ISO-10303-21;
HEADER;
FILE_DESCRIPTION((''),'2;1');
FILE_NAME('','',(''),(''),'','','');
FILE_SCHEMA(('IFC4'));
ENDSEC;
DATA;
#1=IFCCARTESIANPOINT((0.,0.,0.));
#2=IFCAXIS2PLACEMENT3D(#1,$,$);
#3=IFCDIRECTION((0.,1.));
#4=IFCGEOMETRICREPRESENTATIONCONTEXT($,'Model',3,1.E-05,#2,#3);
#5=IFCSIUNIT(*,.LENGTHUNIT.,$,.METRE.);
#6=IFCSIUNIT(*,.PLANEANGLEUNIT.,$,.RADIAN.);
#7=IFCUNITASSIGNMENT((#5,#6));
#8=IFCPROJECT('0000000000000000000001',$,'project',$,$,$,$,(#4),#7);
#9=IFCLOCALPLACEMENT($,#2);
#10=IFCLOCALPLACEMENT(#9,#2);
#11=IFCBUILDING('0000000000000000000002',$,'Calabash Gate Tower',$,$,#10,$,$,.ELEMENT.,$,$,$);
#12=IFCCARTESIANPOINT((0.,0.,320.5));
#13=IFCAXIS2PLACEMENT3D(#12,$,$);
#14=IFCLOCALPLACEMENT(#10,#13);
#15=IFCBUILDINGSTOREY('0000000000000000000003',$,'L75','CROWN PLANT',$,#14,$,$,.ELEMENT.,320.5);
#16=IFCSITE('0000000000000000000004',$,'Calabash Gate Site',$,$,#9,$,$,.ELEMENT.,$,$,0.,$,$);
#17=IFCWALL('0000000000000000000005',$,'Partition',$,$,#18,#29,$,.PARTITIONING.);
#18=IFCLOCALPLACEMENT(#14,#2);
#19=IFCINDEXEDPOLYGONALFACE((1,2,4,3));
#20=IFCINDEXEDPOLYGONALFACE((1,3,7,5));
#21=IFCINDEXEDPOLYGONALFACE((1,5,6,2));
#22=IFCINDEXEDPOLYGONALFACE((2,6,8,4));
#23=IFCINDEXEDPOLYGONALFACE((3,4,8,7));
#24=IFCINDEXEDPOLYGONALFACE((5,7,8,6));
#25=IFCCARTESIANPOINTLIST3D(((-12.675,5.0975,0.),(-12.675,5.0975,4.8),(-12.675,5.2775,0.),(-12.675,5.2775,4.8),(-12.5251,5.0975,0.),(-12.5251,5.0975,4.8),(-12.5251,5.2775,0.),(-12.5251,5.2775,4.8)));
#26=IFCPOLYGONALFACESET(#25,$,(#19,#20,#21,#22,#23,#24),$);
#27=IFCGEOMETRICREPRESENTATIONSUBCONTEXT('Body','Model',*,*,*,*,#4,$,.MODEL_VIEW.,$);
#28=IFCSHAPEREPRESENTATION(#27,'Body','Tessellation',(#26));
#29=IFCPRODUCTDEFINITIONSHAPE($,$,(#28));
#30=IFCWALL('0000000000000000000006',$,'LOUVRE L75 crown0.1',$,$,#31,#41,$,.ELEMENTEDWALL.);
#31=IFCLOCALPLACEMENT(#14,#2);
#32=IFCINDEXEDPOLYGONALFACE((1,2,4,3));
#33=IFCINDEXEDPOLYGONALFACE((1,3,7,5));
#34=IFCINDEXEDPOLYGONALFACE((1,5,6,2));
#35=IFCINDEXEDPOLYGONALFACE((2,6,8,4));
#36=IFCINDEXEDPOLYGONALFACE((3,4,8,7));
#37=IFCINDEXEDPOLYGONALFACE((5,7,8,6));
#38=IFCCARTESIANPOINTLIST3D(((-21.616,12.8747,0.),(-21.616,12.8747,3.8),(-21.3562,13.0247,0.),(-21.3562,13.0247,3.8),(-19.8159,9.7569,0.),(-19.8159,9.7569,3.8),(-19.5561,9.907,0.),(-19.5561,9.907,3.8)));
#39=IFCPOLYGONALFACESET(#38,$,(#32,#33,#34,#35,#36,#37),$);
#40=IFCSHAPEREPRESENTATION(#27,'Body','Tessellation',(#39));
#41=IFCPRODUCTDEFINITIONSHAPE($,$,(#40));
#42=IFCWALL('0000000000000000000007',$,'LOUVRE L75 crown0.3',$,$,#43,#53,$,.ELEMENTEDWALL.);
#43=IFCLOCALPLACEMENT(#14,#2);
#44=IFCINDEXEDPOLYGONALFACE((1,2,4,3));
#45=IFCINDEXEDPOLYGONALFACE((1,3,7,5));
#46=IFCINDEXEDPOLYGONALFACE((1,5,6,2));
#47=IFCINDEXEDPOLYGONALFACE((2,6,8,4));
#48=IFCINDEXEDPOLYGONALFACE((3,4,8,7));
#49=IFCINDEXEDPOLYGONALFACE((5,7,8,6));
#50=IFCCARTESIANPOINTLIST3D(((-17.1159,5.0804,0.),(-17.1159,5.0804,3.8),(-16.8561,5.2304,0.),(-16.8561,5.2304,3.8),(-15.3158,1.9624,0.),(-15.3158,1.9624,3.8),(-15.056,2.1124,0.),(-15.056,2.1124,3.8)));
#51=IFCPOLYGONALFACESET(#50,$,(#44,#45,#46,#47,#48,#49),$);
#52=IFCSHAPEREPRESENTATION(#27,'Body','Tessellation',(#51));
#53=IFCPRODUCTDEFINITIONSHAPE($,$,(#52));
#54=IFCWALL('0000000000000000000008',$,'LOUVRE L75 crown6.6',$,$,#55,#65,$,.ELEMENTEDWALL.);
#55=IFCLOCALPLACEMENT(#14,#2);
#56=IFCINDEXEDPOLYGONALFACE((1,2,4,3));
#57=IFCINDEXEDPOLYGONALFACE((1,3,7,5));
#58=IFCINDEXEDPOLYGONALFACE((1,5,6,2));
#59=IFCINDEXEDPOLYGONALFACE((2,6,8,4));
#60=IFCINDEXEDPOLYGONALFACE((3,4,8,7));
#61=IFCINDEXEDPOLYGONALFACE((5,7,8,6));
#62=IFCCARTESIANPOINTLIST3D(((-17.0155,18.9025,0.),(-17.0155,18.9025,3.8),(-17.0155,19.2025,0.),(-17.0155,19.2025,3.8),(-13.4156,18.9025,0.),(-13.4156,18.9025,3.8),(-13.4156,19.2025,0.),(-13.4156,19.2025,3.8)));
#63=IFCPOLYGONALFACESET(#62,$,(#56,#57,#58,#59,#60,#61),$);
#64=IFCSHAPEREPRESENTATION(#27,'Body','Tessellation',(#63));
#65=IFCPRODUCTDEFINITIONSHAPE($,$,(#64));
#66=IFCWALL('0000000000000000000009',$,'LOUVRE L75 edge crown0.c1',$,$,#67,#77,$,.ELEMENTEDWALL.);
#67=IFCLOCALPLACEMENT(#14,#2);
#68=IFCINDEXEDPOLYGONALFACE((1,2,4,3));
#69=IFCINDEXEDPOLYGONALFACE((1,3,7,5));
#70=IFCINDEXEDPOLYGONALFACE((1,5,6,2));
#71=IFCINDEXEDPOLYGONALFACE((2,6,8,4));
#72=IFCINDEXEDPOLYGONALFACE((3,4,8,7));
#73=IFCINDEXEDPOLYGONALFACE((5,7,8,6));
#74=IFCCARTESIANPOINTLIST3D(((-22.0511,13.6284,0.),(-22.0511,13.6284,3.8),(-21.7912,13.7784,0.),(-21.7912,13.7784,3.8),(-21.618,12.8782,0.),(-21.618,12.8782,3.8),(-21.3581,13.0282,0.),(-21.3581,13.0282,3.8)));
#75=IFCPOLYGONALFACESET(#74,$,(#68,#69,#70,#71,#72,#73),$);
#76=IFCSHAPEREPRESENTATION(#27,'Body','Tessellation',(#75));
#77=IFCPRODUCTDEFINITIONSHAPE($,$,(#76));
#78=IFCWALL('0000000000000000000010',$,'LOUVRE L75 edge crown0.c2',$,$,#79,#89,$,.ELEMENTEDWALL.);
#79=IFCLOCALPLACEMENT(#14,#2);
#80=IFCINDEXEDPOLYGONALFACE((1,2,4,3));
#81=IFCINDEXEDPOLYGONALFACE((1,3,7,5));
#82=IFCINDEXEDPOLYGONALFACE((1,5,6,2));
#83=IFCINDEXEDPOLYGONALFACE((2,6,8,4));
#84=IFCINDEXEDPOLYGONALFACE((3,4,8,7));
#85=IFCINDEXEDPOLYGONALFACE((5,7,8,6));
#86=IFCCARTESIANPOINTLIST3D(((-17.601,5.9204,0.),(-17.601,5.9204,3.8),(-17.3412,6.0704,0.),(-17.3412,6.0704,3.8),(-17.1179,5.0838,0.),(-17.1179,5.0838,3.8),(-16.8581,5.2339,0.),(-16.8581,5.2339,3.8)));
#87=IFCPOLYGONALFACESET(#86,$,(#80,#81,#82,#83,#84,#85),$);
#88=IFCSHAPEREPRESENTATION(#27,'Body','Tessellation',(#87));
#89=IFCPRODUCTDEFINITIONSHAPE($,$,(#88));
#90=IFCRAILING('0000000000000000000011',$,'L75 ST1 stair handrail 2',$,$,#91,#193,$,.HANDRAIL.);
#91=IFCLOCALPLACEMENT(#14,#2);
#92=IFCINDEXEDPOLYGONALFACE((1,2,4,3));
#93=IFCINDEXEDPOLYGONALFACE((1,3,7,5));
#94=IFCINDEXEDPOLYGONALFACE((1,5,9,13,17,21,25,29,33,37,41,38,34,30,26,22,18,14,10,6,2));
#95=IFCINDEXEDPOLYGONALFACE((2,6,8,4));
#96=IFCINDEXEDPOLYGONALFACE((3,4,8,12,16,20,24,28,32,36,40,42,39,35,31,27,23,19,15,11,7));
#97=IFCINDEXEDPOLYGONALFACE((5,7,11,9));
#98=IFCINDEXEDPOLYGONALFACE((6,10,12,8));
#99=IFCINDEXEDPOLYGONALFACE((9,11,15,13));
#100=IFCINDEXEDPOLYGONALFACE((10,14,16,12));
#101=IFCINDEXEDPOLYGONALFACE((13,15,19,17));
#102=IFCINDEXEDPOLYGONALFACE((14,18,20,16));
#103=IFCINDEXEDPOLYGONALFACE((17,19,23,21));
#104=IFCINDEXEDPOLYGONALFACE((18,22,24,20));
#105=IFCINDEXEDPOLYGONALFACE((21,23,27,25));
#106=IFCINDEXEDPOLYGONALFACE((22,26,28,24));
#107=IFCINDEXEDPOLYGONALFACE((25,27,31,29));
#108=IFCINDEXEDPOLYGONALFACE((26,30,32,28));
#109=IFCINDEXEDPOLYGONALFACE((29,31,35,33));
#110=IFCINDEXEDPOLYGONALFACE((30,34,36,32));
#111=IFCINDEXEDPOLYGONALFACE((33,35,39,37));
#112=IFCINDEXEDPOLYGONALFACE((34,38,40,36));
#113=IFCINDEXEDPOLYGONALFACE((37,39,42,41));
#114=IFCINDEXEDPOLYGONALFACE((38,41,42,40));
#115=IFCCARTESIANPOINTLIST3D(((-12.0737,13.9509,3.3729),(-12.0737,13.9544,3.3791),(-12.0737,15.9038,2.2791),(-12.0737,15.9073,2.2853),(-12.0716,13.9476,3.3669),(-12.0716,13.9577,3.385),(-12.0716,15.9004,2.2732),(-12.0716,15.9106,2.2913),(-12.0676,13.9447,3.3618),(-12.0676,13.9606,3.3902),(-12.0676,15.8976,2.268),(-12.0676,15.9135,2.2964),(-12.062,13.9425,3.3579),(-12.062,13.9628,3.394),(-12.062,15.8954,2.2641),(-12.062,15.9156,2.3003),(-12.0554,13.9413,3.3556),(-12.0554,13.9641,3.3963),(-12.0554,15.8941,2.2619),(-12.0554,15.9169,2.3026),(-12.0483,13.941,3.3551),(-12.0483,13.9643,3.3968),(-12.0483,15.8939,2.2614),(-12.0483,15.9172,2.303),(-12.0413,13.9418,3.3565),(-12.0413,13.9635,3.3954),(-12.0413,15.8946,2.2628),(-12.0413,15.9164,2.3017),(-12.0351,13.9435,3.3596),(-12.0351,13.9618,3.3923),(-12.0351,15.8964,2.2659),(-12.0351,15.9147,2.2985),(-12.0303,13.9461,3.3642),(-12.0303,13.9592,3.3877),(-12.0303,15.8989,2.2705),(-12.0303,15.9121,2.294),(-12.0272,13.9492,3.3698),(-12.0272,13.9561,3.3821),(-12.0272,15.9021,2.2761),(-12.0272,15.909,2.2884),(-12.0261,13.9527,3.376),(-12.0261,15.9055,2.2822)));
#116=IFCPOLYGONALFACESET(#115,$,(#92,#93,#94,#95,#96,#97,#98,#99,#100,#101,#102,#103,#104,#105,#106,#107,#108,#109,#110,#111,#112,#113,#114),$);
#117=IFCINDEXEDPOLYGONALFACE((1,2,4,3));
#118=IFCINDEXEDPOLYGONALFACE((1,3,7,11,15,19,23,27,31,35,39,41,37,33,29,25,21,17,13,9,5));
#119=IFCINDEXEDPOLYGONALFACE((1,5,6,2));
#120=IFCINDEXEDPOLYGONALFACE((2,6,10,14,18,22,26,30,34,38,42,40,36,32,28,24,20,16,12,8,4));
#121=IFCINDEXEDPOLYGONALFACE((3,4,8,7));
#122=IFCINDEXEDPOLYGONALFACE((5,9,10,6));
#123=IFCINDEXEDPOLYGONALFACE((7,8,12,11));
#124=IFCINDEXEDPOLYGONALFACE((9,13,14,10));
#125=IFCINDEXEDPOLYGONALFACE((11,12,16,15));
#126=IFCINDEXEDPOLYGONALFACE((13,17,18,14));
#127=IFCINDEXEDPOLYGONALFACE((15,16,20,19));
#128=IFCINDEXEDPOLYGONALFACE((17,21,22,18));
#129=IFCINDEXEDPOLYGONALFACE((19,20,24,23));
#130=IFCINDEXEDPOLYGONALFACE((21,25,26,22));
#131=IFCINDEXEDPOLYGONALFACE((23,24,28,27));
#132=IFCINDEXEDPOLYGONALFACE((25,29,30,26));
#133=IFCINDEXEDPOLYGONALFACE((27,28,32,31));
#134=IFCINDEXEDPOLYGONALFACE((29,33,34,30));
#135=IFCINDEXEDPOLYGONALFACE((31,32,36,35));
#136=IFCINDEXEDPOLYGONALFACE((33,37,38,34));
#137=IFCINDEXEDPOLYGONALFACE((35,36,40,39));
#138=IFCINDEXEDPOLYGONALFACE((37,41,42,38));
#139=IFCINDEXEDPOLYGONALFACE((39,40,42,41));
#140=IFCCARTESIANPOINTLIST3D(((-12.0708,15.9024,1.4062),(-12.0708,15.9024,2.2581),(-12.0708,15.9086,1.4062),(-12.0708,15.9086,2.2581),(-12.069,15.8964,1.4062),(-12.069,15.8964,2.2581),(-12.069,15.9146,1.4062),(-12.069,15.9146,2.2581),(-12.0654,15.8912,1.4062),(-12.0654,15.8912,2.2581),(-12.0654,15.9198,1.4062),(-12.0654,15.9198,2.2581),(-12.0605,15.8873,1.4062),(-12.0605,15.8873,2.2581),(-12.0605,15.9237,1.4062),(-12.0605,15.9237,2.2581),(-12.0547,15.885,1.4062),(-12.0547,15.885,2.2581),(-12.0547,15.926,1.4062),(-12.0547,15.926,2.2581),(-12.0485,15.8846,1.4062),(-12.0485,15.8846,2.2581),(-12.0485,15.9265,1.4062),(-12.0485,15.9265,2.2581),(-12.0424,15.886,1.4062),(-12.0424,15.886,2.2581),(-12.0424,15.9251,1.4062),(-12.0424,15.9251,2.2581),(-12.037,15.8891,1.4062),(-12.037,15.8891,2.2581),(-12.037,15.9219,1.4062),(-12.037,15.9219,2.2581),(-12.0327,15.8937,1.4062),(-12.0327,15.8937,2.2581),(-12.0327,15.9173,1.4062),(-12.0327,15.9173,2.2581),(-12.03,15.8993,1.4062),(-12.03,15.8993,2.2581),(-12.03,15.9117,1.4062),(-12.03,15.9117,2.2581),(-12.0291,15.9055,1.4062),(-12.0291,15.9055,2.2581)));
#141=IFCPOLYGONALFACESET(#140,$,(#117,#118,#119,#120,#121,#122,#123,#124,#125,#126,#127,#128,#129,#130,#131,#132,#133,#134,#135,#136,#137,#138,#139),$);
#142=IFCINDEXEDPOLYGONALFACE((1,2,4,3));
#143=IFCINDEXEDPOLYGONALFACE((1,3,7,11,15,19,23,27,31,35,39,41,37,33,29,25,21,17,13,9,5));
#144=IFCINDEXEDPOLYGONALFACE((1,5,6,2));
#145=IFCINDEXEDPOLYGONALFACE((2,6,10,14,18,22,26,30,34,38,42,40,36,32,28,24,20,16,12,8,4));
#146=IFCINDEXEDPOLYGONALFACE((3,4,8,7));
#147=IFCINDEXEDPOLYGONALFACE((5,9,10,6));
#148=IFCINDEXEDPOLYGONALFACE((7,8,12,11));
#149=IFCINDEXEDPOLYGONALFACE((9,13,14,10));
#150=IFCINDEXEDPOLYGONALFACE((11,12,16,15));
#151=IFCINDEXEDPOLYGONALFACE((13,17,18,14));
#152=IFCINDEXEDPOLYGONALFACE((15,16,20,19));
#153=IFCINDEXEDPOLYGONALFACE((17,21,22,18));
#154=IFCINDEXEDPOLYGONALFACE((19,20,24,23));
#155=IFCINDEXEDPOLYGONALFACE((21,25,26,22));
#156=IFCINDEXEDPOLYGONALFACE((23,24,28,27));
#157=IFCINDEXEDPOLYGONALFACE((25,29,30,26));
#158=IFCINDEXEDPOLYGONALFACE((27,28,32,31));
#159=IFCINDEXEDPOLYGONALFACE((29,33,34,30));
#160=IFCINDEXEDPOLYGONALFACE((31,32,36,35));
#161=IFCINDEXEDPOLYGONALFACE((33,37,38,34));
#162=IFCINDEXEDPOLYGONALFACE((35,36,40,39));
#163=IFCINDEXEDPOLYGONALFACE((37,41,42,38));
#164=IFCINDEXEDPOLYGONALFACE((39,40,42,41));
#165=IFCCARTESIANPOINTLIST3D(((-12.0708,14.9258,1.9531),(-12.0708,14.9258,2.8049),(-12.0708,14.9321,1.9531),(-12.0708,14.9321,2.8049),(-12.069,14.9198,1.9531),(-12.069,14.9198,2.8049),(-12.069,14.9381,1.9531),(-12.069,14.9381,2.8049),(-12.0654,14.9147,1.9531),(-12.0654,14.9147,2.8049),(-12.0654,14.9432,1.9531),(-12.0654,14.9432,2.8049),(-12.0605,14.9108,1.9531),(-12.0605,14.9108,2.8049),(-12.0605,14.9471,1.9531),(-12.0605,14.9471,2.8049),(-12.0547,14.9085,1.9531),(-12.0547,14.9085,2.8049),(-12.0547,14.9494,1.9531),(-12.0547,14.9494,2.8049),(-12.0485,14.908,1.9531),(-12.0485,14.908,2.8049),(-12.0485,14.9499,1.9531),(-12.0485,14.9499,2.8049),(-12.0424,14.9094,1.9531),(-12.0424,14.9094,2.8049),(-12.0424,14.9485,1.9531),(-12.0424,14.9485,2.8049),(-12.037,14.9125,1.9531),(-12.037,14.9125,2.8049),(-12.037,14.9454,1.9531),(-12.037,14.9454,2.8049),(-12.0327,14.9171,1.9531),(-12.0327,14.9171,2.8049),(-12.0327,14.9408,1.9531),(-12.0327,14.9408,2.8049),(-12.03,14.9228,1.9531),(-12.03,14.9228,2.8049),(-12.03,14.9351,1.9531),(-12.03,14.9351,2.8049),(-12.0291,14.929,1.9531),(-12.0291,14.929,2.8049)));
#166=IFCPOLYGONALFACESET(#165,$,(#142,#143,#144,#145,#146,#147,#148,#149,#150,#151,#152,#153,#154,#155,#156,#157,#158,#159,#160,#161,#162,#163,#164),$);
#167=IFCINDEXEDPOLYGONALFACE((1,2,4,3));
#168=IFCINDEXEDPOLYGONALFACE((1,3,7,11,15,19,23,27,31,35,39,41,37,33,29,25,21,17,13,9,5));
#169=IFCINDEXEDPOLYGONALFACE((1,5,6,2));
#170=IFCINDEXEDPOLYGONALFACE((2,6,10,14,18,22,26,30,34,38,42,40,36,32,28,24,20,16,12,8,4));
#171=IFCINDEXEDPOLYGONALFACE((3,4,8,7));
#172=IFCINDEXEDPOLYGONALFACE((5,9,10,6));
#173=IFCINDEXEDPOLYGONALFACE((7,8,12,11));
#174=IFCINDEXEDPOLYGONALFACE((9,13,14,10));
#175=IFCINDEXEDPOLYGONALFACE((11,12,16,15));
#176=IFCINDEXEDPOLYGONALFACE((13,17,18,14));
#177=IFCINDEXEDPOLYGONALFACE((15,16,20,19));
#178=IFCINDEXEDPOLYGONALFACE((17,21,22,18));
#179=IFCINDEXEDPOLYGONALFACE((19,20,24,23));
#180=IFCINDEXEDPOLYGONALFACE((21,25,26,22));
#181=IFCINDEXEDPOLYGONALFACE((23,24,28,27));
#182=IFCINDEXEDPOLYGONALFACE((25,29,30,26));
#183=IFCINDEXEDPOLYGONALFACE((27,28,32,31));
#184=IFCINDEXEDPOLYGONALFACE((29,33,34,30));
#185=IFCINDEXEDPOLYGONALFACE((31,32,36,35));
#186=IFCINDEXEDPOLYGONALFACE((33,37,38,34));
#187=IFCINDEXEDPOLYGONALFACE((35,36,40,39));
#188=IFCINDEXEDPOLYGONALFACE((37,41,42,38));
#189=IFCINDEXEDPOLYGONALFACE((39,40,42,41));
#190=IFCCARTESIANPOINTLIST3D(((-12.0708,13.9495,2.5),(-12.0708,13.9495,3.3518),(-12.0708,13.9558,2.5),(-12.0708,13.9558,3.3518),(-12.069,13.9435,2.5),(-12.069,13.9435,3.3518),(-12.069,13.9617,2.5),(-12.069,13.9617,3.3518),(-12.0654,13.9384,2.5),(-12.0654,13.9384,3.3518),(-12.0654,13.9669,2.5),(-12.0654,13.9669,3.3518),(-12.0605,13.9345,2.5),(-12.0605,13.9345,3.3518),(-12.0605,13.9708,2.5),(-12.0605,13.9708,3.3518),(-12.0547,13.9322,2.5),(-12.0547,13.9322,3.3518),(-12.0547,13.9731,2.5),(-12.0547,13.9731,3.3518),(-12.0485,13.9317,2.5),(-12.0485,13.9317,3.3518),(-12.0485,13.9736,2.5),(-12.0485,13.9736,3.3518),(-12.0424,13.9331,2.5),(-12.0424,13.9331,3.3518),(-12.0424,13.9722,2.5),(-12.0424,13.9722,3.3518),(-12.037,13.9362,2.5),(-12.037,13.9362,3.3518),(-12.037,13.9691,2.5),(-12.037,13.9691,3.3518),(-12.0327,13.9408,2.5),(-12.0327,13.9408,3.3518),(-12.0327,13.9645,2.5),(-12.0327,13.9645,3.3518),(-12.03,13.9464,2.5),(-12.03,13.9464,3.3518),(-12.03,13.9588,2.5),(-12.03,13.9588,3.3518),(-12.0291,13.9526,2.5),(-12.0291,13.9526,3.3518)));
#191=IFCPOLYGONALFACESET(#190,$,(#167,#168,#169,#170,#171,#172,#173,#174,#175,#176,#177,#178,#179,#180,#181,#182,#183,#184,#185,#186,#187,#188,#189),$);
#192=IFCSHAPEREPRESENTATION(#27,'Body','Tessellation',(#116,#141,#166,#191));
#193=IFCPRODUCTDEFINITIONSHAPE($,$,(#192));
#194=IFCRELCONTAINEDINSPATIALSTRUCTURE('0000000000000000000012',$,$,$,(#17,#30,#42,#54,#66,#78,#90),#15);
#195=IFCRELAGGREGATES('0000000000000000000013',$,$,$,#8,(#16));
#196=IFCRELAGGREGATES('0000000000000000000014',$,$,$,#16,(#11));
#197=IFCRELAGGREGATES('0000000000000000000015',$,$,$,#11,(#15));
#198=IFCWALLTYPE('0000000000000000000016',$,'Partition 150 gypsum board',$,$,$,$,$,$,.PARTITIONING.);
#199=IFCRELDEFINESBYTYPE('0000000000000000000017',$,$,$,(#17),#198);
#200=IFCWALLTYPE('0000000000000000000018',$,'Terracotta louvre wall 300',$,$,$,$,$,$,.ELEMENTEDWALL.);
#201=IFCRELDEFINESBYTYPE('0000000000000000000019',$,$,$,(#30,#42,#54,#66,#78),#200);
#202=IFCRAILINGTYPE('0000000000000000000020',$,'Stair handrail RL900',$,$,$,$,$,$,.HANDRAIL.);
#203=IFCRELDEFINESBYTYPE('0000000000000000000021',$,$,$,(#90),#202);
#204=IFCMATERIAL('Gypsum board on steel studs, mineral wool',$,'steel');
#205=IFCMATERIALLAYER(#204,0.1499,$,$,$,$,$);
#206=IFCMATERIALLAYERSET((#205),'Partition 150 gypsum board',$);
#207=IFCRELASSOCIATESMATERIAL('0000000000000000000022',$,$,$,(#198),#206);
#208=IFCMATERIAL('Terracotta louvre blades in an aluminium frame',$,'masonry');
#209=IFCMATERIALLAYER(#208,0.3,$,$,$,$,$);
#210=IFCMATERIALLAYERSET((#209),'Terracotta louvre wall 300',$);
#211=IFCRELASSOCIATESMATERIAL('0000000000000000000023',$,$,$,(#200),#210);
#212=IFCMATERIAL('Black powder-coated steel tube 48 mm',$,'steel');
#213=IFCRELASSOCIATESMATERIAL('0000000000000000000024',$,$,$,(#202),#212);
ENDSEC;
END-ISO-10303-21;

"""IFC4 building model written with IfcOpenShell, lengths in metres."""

from ifc_helpers import new_model, si_unit, direction, frame, frame_2d, origin, origin_2d, place, context, subcontext, project, spatial, rectangle, circle, extrude, material, layer, layer_set, type_object, element, save


model = new_model("IFC4")

# Units and contexts
model_context = context("Model", 3, precision=1e-05, world=origin(), true_north=direction((0.0, 1.0)))
body_context = subcontext(model_context, "Body", "Model", "MODEL_VIEW")
ifc_project = project(units=[si_unit("LENGTHUNIT", "METRE"), si_unit("PLANEANGLEUNIT", "RADIAN")], contexts=[model_context])

# Site, building, storey
site_placement = place(None, origin())
site = spatial("IfcSite", under=ifc_project, at=site_placement, Name="Calabash Gate Site", CompositionType="ELEMENT", RefElevation=0.0)
building_placement = place(site_placement, origin())
building = spatial("IfcBuilding", under=site, at=building_placement, Name="Calabash Gate Tower", CompositionType="ELEMENT")
storey_placement = place(building_placement, frame((0.0, 0.0, 320.5)))
storey = spatial("IfcBuildingStorey", under=building, at=storey_placement, Name="L75", Description="CROWN PLANT", CompositionType="ELEMENT", Elevation=320.5)

# Walls
ifc_material_1 = material(Name="Gypsum board on steel studs, mineral wool", Category="steel")
ifc_layer_1 = layer(ifc_material_1, 0.1499)
ifc_layer_set_1 = layer_set([ifc_layer_1], Name="Partition 150 gypsum board")
wall_type_1 = type_object("IfcWallType", Name="Partition 150 gypsum board", PredefinedType="PARTITIONING", material=ifc_layer_set_1)
wall_1_placement = place(storey_placement, frame((-12.6001, 5.0977, 0.0), z_axis=(0.0, 0.0, 1.0), x_axis=(0.0, 1.0, 0.0)))
element("IfcWall", 1, at=wall_1_placement, inside=storey, type_object=wall_type_1, Name="Partition", PredefinedType="PARTITIONING", context=body_context, shape_type="SweptSolid", body=[
    extrude(rectangle(XDim=0.1799, YDim=0.1499, at=frame_2d((0.0898, 0.0))), origin(), (0.0, 0.0, 1.0), 4.8),
])
ifc_material_2 = material(Name="Terracotta louvre blades in an aluminium frame", Category="masonry")
ifc_layer_2 = layer(ifc_material_2, 0.3)
ifc_layer_set_2 = layer_set([ifc_layer_2], Name="Terracotta louvre wall 300")
wall_type_2 = type_object("IfcWallType", Name="Terracotta louvre wall 300", PredefinedType="ELEMENTEDWALL", material=ifc_layer_set_2)
wall_2_placement = place(storey_placement, frame((-21.4861, 12.9497, 0.0), z_axis=(0.0, 0.0, 1.0), x_axis=(0.500012, -0.866018, 0.0)))
element("IfcWall", 2, at=wall_2_placement, inside=storey, type_object=wall_type_2, Name="LOUVRE L75 crown0.1", PredefinedType="ELEMENTEDWALL", context=body_context, shape_type="SweptSolid", body=[
    extrude(rectangle(XDim=3.6001, YDim=0.3, at=frame_2d((1.8, 0.0))), origin(), (0.0, 0.0, 1.0), 3.8),
])
wall_3_placement = place(storey_placement, frame((-16.9861, 5.1555, 0.0), z_axis=(0.0, 0.0, 1.0), x_axis=(0.499983, -0.866035, 0.0)))
element("IfcWall", 3, at=wall_3_placement, inside=storey, type_object=wall_type_2, Name="LOUVRE L75 crown0.3", PredefinedType="ELEMENTEDWALL", context=body_context, shape_type="SweptSolid", body=[
    extrude(rectangle(XDim=3.6003, YDim=0.3, at=frame_2d((1.8003, 0.0))), origin(), (0.0, 0.0, 1.0), 3.8),
])
wall_4_placement = place(storey_placement, frame((-13.4158, 19.0525, 0.0), z_axis=(0.0, 0.0, 1.0), x_axis=(-1.0, 0.0, 0.0)))
element("IfcWall", 4, at=wall_4_placement, inside=storey, type_object=wall_type_2, Name="LOUVRE L75 crown6.6", PredefinedType="ELEMENTEDWALL", context=body_context, shape_type="SweptSolid", body=[
    extrude(rectangle(XDim=3.5999, YDim=0.3, at=frame_2d((1.7998, 0.0))), origin(), (0.0, 0.0, 1.0), 3.8),
])
wall_5_placement = place(storey_placement, frame((-21.9211, 13.7034, 0.0), z_axis=(0.0, 0.0, 1.0), x_axis=(0.499958, -0.866049, 0.0)))
element("IfcWall", 5, at=wall_5_placement, inside=storey, type_object=wall_type_2, Name="LOUVRE L75 edge crown0.c1", PredefinedType="ELEMENTEDWALL", context=body_context, shape_type="SweptSolid", body=[
    extrude(rectangle(XDim=0.8662, YDim=0.3, at=frame_2d((0.4331, 0.0))), origin(), (0.0, 0.0, 1.0), 3.8),
])
wall_6_placement = place(storey_placement, frame((-16.988, 5.1589, 0.0), z_axis=(0.0, 0.0, 1.0), x_axis=(-0.50008, 0.865979, 0.0)))
element("IfcWall", 6, at=wall_6_placement, inside=storey, type_object=wall_type_2, Name="LOUVRE L75 edge crown0.c2", PredefinedType="ELEMENTEDWALL", context=body_context, shape_type="SweptSolid", body=[
    extrude(rectangle(XDim=0.9661, YDim=0.3, at=frame_2d((0.4829, 0.0))), origin(), (0.0, 0.0, 1.0), 3.8),
])

# Railing
ifc_material_3 = material(Name="Black powder-coated steel tube 48 mm", Category="steel")
railing_type = type_object("IfcRailingType", Name="Stair handrail RL900", PredefinedType="HANDRAIL", material=ifc_material_3)
for number, where, name in (
    (7, (-12.05, 15.9055, 1.4062), "L75 ST1 stair handrail 2"),
):
    element("IfcRailing", number, at=place(storey_placement, frame(where)), inside=storey, type_object=railing_type, Name=name, PredefinedType="HANDRAIL", context=body_context, shape_type="SweptSolid", body=[
        extrude(circle(Radius=0.0239, at=origin_2d()), frame((0.0, 0.0, 0.876), z_axis=(0.0, -0.87248, 0.48865), x_axis=(1.0, 0.0, 0.0)), (0.0, 0.0, 1.0), 2.2383),
        extrude(circle(Radius=0.021, at=origin_2d()), origin(), (0.0, 0.0, 1.0), 0.8518),
        extrude(circle(Radius=0.021, at=origin_2d()), frame((0.0, -0.9766, 0.5469)), (0.0, 0.0, 1.0), 0.8518),
        extrude(circle(Radius=0.021, at=origin_2d()), frame((0.0, -1.9529, 1.0938)), (0.0, 0.0, 1.0), 0.8518),
    ])

save(model, "model.ifc")
